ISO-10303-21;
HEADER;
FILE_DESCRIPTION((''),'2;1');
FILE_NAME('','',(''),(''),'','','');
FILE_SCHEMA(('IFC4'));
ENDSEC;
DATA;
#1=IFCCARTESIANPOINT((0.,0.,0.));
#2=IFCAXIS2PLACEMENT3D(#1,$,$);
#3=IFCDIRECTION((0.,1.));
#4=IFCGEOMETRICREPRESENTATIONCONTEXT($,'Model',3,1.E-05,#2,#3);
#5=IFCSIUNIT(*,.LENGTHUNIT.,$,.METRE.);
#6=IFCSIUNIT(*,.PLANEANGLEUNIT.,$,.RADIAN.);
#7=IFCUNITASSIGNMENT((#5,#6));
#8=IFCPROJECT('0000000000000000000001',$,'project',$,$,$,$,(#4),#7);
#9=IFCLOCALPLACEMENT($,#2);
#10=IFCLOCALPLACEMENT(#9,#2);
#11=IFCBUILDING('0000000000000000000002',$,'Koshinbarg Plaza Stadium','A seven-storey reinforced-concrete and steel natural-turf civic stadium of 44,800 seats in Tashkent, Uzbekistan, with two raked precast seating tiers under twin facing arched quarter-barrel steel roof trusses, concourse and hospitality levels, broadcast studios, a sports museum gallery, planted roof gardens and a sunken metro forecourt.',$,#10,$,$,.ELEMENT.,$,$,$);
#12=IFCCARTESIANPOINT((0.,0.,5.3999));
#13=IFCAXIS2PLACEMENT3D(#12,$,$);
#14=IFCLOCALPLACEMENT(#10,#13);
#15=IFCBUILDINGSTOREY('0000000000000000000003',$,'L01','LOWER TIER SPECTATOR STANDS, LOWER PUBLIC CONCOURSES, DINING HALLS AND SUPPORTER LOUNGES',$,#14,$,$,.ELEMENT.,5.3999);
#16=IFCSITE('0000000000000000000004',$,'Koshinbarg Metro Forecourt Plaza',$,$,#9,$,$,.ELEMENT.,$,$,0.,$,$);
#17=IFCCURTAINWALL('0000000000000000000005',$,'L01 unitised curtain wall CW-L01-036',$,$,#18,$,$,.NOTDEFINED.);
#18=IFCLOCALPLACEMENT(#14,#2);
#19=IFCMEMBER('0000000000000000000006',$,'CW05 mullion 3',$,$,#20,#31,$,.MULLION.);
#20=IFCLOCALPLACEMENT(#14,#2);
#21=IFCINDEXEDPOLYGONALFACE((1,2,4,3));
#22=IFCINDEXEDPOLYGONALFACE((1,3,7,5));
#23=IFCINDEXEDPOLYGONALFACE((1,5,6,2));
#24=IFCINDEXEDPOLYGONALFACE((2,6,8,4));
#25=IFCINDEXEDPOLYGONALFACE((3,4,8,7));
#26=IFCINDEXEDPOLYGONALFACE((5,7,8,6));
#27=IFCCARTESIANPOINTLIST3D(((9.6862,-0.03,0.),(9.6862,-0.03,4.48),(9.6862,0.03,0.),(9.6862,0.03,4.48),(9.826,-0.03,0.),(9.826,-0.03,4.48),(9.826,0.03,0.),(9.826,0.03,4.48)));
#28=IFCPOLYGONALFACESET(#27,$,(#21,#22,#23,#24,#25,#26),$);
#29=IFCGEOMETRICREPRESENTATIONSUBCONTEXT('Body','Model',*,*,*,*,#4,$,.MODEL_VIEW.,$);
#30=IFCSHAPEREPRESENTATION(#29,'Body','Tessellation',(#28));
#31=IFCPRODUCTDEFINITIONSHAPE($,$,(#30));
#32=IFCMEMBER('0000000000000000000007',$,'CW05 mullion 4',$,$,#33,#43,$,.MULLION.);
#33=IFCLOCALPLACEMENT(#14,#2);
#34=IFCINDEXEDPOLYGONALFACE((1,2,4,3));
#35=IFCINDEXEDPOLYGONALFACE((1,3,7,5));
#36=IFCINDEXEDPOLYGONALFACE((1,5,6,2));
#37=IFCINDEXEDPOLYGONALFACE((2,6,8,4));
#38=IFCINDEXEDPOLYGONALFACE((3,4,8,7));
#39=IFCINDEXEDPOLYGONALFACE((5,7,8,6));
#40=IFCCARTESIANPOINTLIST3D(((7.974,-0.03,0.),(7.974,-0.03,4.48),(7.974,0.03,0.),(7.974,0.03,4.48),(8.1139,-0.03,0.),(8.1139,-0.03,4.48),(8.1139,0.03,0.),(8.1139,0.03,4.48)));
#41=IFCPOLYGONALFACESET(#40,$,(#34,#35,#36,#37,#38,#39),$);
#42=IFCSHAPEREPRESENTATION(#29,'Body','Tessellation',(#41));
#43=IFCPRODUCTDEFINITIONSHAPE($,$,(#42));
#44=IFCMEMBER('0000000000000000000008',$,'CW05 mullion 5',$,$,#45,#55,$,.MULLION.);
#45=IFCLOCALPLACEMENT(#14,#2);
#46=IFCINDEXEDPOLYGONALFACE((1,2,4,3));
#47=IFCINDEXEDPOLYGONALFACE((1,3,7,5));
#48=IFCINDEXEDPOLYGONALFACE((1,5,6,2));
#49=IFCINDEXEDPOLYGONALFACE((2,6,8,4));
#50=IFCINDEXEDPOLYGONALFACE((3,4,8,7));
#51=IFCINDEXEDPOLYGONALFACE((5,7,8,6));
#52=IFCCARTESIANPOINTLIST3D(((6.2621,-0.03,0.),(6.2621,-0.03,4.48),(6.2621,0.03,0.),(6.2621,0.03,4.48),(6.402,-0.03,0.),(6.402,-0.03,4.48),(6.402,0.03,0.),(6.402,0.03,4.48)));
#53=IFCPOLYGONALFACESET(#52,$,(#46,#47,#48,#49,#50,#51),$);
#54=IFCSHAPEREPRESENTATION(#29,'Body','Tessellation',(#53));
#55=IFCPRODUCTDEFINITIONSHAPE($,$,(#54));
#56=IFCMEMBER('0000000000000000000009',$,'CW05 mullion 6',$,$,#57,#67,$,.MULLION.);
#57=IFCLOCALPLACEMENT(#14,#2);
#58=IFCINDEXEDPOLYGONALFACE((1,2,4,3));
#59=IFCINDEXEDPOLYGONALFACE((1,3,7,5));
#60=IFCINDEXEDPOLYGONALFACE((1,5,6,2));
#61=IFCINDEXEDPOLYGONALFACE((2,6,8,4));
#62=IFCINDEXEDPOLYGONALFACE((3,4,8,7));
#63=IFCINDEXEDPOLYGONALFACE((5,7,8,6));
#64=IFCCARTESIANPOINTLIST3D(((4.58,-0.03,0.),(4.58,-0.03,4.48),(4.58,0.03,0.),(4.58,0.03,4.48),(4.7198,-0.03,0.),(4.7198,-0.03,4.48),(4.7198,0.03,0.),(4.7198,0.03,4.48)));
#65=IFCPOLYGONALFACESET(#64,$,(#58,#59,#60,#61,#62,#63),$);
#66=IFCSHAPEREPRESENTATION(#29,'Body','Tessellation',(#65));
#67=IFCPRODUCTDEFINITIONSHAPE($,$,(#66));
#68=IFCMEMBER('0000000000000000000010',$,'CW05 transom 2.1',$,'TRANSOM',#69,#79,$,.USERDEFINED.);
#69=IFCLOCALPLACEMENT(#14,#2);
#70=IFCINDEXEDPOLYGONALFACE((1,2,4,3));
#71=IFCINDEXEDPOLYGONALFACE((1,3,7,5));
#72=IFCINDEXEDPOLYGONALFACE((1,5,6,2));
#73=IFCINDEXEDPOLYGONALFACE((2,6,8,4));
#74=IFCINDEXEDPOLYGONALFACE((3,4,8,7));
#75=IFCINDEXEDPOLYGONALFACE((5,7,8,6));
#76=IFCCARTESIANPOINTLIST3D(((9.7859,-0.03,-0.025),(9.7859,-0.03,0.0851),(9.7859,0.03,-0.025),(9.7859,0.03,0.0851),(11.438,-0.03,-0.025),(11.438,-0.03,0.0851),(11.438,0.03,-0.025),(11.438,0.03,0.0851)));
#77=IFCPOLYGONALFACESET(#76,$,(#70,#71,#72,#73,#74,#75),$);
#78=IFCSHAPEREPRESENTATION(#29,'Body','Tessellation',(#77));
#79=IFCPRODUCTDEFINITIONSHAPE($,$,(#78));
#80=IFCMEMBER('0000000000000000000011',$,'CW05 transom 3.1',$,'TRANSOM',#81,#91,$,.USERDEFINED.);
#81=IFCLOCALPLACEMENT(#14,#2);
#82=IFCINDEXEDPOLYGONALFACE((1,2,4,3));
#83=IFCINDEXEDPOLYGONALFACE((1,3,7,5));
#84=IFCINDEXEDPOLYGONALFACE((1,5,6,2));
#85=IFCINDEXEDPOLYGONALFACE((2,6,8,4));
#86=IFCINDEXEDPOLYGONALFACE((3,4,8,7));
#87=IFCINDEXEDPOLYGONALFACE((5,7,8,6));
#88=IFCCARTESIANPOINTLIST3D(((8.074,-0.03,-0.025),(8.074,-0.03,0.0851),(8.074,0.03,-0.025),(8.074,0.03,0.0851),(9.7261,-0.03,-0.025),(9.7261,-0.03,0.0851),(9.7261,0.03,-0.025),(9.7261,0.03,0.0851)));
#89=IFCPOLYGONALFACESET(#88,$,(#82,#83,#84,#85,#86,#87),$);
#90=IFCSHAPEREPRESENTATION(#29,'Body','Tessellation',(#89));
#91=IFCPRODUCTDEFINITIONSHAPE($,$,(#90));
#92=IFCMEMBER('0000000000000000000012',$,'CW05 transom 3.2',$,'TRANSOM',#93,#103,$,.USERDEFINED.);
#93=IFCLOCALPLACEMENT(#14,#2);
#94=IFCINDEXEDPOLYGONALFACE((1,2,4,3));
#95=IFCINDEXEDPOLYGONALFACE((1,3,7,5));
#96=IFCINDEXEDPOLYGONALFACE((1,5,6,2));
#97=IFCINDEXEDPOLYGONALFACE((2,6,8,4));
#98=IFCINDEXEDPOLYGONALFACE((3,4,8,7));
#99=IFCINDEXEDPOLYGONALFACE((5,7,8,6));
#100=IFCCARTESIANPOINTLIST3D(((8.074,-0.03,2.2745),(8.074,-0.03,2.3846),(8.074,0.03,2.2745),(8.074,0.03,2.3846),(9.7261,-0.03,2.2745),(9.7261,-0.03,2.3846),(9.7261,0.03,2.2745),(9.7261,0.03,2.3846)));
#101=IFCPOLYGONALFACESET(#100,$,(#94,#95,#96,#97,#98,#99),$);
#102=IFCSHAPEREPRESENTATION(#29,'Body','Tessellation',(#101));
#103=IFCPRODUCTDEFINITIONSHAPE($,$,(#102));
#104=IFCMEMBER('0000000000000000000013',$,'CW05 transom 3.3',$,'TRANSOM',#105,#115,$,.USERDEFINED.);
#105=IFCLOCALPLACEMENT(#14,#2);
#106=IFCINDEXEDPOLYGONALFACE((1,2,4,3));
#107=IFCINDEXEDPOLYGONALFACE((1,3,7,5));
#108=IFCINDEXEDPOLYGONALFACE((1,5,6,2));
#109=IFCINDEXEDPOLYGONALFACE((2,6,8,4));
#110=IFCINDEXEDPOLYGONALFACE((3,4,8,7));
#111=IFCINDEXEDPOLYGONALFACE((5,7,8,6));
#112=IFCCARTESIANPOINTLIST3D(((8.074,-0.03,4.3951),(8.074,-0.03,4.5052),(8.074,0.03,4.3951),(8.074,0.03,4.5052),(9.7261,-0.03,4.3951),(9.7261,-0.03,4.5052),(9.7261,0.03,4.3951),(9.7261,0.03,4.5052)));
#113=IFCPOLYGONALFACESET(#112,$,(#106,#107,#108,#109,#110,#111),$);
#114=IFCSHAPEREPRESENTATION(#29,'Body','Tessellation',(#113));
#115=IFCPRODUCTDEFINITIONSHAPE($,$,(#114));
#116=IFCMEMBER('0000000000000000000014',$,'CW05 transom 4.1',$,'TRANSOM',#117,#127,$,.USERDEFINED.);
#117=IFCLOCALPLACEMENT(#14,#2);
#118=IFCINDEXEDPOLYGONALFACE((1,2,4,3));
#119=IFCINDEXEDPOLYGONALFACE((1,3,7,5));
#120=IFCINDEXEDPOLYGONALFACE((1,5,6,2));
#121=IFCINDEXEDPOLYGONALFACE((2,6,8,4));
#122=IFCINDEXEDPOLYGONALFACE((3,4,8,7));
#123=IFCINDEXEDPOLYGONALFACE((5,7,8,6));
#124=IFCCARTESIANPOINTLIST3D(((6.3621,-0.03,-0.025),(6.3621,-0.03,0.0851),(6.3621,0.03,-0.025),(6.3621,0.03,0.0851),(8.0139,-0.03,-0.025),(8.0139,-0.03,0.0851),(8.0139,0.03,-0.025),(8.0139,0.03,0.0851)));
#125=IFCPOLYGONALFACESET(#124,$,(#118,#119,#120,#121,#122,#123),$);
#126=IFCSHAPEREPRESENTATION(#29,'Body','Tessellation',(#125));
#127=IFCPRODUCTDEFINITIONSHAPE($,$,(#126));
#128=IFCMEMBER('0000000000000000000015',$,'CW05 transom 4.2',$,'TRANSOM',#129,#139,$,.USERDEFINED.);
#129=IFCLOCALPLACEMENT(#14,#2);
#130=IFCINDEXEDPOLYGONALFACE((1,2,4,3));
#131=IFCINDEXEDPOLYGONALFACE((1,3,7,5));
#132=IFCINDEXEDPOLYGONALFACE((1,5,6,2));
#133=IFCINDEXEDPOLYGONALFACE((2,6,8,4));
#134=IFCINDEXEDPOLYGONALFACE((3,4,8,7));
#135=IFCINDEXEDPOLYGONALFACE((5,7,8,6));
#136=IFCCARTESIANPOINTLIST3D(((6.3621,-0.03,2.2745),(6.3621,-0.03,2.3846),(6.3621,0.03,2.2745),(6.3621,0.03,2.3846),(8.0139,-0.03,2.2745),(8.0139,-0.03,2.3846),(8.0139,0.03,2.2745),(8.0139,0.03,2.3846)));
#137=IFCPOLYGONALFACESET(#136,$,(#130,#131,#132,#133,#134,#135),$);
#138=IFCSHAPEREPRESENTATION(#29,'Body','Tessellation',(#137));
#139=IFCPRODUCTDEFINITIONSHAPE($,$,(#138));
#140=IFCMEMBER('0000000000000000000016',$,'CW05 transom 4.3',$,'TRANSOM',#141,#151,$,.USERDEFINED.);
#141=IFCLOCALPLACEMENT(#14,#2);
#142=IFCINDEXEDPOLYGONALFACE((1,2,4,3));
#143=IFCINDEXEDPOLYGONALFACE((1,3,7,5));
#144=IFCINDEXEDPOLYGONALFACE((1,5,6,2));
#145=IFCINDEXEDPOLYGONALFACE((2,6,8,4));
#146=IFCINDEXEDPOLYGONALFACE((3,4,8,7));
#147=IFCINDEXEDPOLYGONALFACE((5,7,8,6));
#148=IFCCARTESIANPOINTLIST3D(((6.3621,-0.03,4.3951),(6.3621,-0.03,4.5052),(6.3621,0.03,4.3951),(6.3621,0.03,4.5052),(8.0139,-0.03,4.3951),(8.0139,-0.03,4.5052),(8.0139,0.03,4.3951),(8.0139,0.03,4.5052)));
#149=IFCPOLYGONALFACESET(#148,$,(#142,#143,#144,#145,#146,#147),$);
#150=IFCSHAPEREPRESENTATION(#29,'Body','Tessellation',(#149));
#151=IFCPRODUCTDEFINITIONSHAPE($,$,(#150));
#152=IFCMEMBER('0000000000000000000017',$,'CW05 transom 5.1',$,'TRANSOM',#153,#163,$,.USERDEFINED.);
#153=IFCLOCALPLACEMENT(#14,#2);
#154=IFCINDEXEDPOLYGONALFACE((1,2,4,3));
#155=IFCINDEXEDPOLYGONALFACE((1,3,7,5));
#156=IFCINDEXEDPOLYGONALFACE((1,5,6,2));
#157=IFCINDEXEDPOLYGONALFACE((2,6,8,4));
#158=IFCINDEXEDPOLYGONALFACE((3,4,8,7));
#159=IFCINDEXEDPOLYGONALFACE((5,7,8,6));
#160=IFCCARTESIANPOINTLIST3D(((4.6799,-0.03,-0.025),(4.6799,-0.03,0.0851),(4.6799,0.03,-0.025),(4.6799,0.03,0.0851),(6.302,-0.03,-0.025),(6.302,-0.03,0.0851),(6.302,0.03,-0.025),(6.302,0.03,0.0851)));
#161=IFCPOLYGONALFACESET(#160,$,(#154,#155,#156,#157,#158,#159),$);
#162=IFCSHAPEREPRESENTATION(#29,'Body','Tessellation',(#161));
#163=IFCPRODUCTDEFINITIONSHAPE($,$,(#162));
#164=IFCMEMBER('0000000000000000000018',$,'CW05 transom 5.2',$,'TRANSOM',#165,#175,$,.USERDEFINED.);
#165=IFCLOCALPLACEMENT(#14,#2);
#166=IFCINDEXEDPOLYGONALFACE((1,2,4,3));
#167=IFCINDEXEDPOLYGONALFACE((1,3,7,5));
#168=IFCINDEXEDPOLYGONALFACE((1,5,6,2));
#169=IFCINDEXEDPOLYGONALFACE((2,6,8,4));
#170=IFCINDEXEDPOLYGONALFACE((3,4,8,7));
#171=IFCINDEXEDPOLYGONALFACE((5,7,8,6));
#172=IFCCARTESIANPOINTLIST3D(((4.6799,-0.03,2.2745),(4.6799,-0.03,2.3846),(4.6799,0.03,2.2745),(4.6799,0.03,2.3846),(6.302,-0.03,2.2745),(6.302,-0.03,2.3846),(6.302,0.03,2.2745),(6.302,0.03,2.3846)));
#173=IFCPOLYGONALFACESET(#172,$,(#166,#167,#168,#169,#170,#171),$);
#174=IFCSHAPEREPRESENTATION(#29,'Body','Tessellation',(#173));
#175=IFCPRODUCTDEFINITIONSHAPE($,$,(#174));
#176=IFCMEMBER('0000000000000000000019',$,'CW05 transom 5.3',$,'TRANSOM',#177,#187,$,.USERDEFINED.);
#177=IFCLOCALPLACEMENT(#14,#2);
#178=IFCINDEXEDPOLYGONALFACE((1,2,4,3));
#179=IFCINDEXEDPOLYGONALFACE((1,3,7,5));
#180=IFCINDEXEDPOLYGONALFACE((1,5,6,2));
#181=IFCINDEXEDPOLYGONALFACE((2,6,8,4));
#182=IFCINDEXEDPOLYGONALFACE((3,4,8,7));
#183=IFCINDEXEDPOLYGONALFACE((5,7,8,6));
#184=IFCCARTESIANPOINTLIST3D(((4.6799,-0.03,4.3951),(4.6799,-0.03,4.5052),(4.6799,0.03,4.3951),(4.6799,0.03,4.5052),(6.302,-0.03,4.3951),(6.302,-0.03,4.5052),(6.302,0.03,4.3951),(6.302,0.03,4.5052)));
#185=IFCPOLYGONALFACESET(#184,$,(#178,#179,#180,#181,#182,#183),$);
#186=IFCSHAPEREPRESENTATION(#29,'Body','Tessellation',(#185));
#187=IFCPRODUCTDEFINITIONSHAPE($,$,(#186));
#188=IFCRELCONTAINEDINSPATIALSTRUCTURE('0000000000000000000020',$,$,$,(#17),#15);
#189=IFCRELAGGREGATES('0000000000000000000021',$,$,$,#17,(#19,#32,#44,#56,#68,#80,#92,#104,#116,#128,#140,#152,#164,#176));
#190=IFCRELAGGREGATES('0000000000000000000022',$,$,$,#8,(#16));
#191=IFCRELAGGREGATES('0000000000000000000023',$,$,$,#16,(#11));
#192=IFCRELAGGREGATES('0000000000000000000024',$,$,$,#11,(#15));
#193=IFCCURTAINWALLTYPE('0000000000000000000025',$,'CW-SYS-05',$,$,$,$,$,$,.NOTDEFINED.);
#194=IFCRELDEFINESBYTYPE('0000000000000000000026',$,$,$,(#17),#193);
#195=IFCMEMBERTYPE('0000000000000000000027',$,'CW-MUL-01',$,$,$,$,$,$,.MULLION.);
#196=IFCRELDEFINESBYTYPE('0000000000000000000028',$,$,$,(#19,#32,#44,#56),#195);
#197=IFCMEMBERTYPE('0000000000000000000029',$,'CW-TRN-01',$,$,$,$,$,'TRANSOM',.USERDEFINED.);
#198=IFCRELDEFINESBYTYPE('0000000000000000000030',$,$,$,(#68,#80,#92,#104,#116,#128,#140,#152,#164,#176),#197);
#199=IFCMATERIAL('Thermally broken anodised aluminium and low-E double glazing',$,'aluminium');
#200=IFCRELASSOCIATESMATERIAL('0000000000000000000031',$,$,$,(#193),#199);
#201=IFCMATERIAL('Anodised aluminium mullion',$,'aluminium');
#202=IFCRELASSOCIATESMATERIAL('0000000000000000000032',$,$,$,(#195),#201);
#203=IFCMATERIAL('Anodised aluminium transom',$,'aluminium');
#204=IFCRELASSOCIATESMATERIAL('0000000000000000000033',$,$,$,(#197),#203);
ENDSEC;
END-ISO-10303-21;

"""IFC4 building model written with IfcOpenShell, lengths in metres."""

from ifc_helpers import new_model, si_unit, direction, frame, origin, origin_2d, place, context, subcontext, project, spatial, rectangle, extrude, material, material_profile, profile_set, type_object, element, aggregate, save


model = new_model("IFC4")

# Units and contexts
model_context = context("Model", 3, precision=1e-05, world=origin(), true_north=direction((0.0, 1.0)))
body_context = subcontext(model_context, "Body", "Model", "MODEL_VIEW")
ifc_project = project(units=[si_unit("LENGTHUNIT", "METRE"), si_unit("PLANEANGLEUNIT", "RADIAN")], contexts=[model_context])

# Site, building, storey
site_placement = place(None, origin())
site = spatial("IfcSite", under=ifc_project, at=site_placement, Name="Koshinbarg Metro Forecourt Plaza", CompositionType="ELEMENT", RefElevation=0.0)
building_placement = place(site_placement, origin())
building = spatial("IfcBuilding", under=site, at=building_placement, Name="Koshinbarg Plaza Stadium", Description="A seven-storey reinforced-concrete and steel natural-turf civic stadium of 44,800 seats in Tashkent, Uzbekistan, with two raked precast seating tiers under twin facing arched quarter-barrel steel roof trusses, concourse and hospitality levels, broadcast studios, a sports museum gallery, planted roof gardens and a sunken metro forecourt.", CompositionType="ELEMENT")
storey_placement = place(building_placement, frame((0.0, 0.0, 5.3999)))
storey = spatial("IfcBuildingStorey", under=building, at=storey_placement, Name="L01", Description="LOWER TIER SPECTATOR STANDS, LOWER PUBLIC CONCOURSES, DINING HALLS AND SUPPORTER LOUNGES", CompositionType="ELEMENT", Elevation=5.3999)

# Curtain wall, members
ifc_material_1 = material(Name="Thermally broken anodised aluminium and low-E double glazing", Category="aluminium")
curtain_wall_type = type_object("IfcCurtainWallType", Name="CW-SYS-05", PredefinedType="NOTDEFINED", material=ifc_material_1)
curtain_wall_placement = place(storey_placement, origin())
curtain_wall = element("IfcCurtainWall", 1, at=curtain_wall_placement, inside=storey, type_object=curtain_wall_type, Name="L01 unitised curtain wall CW-L01-036", PredefinedType="NOTDEFINED")
ifc_material_2 = material(Name="Anodised aluminium mullion", Category="aluminium")
ifc_material_profile_1 = material_profile(ifc_material_2, rectangle(XDim=0.0601, YDim=0.1399, at=origin_2d()), Name="ALU 60x140")
ifc_profile_set_1 = profile_set([ifc_material_profile_1], Name="Anodised aluminium mullion")
member_type_1 = type_object("IfcMemberType", Name="CW-MUL-01", PredefinedType="MULLION", material=ifc_profile_set_1)
member_1_placement = place(storey_placement, frame((9.7561, 0.0, 0.0), z_axis=(0.0, 0.0, 1.0), x_axis=(0.0, -1.0, 0.0)))
member_1 = element("IfcMember", 2, at=member_1_placement, type_object=member_type_1, Name="CW05 mullion 3", PredefinedType="MULLION", context=body_context, shape_type="SweptSolid", body=[
    extrude(rectangle(XDim=0.0601, YDim=0.1399, at=origin_2d()), origin(), (0.0, 0.0, 1.0), 4.48),
])
member_2_placement = place(storey_placement, frame((8.0439, 0.0, 0.0), z_axis=(0.0, 0.0, 1.0), x_axis=(0.0, -1.0, 0.0)))
member_2 = element("IfcMember", 3, at=member_2_placement, type_object=member_type_1, Name="CW05 mullion 4", PredefinedType="MULLION", context=body_context, shape_type="SweptSolid", body=[
    extrude(rectangle(XDim=0.0601, YDim=0.1399, at=origin_2d()), origin(), (0.0, 0.0, 1.0), 4.48),
])
member_3_placement = place(storey_placement, frame((6.332, 0.0, 0.0), z_axis=(0.0, 0.0, 1.0), x_axis=(0.0, -1.0, 0.0)))
member_3 = element("IfcMember", 4, at=member_3_placement, type_object=member_type_1, Name="CW05 mullion 5", PredefinedType="MULLION", context=body_context, shape_type="SweptSolid", body=[
    extrude(rectangle(XDim=0.0601, YDim=0.1399, at=origin_2d()), origin(), (0.0, 0.0, 1.0), 4.48),
])
member_4_placement = place(storey_placement, frame((4.6499, 0.0, 0.0), z_axis=(0.0, 0.0, 1.0), x_axis=(0.0, -1.0, 0.0)))
member_4 = element("IfcMember", 5, at=member_4_placement, type_object=member_type_1, Name="CW05 mullion 6", PredefinedType="MULLION", context=body_context, shape_type="SweptSolid", body=[
    extrude(rectangle(XDim=0.0601, YDim=0.1399, at=origin_2d()), origin(), (0.0, 0.0, 1.0), 4.48),
])
ifc_material_3 = material(Name="Anodised aluminium transom", Category="aluminium")
ifc_material_profile_2 = material_profile(ifc_material_3, rectangle(XDim=0.0601, YDim=0.1101, at=origin_2d()), Name="ALU 60x110")
ifc_profile_set_2 = profile_set([ifc_material_profile_2], Name="Anodised aluminium transom")
member_type_2 = type_object("IfcMemberType", Name="CW-TRN-01", ElementType="TRANSOM", PredefinedType="USERDEFINED", material=ifc_profile_set_2)
member_5_placement = place(storey_placement, frame((11.438, 0.0, 0.03), z_axis=(-1.0, 0.0, 0.0), x_axis=(0.0, -1.0, 0.0)))
member_5 = element("IfcMember", 6, at=member_5_placement, type_object=member_type_2, Name="CW05 transom 2.1", ObjectType="TRANSOM", PredefinedType="USERDEFINED", context=body_context, shape_type="SweptSolid", body=[
    extrude(rectangle(XDim=0.0601, YDim=0.1101, at=origin_2d()), origin(), (0.0, 0.0, 1.0), 1.6521),
])
member_6_placement = place(storey_placement, frame((9.7261, 0.0, 0.03), z_axis=(-1.0, 0.0, 0.0), x_axis=(0.0, -1.0, 0.0)))
member_6 = element("IfcMember", 7, at=member_6_placement, type_object=member_type_2, Name="CW05 transom 3.1", ObjectType="TRANSOM", PredefinedType="USERDEFINED", context=body_context, shape_type="SweptSolid", body=[
    extrude(rectangle(XDim=0.0601, YDim=0.1101, at=origin_2d()), origin(), (0.0, 0.0, 1.0), 1.6521),
])
member_7_placement = place(storey_placement, frame((9.7261, 0.0, 2.3296), z_axis=(-1.0, 0.0, 0.0), x_axis=(0.0, -1.0, 0.0)))
member_7 = element("IfcMember", 8, at=member_7_placement, type_object=member_type_2, Name="CW05 transom 3.2", ObjectType="TRANSOM", PredefinedType="USERDEFINED", context=body_context, shape_type="SweptSolid", body=[
    extrude(rectangle(XDim=0.0601, YDim=0.1101, at=origin_2d()), origin(), (0.0, 0.0, 1.0), 1.6521),
])
member_8_placement = place(storey_placement, frame((9.7261, 0.0, 4.4502), z_axis=(-1.0, 0.0, 0.0), x_axis=(0.0, -1.0, 0.0)))
member_8 = element("IfcMember", 9, at=member_8_placement, type_object=member_type_2, Name="CW05 transom 3.3", ObjectType="TRANSOM", PredefinedType="USERDEFINED", context=body_context, shape_type="SweptSolid", body=[
    extrude(rectangle(XDim=0.0601, YDim=0.1101, at=origin_2d()), origin(), (0.0, 0.0, 1.0), 1.6521),
])
member_9_placement = place(storey_placement, frame((8.0139, 0.0, 0.03), z_axis=(-1.0, 0.0, 0.0), x_axis=(0.0, -1.0, 0.0)))
member_9 = element("IfcMember", 10, at=member_9_placement, type_object=member_type_2, Name="CW05 transom 4.1", ObjectType="TRANSOM", PredefinedType="USERDEFINED", context=body_context, shape_type="SweptSolid", body=[
    extrude(rectangle(XDim=0.0601, YDim=0.1101, at=origin_2d()), origin(), (0.0, 0.0, 1.0), 1.6519),
])
member_10_placement = place(storey_placement, frame((8.0139, 0.0, 2.3296), z_axis=(-1.0, 0.0, 0.0), x_axis=(0.0, -1.0, 0.0)))
member_10 = element("IfcMember", 11, at=member_10_placement, type_object=member_type_2, Name="CW05 transom 4.2", ObjectType="TRANSOM", PredefinedType="USERDEFINED", context=body_context, shape_type="SweptSolid", body=[
    extrude(rectangle(XDim=0.0601, YDim=0.1101, at=origin_2d()), origin(), (0.0, 0.0, 1.0), 1.6519),
])
member_11_placement = place(storey_placement, frame((8.0139, 0.0, 4.4502), z_axis=(-1.0, 0.0, 0.0), x_axis=(0.0, -1.0, 0.0)))
member_11 = element("IfcMember", 12, at=member_11_placement, type_object=member_type_2, Name="CW05 transom 4.3", ObjectType="TRANSOM", PredefinedType="USERDEFINED", context=body_context, shape_type="SweptSolid", body=[
    extrude(rectangle(XDim=0.0601, YDim=0.1101, at=origin_2d()), origin(), (0.0, 0.0, 1.0), 1.6519),
])
member_12_placement = place(storey_placement, frame((6.302, 0.0, 0.03), z_axis=(-1.0, 0.0, 0.0), x_axis=(0.0, -1.0, 0.0)))
member_12 = element("IfcMember", 13, at=member_12_placement, type_object=member_type_2, Name="CW05 transom 5.1", ObjectType="TRANSOM", PredefinedType="USERDEFINED", context=body_context, shape_type="SweptSolid", body=[
    extrude(rectangle(XDim=0.0601, YDim=0.1101, at=origin_2d()), origin(), (0.0, 0.0, 1.0), 1.6221),
])
member_13_placement = place(storey_placement, frame((6.302, 0.0, 2.3296), z_axis=(-1.0, 0.0, 0.0), x_axis=(0.0, -1.0, 0.0)))
member_13 = element("IfcMember", 14, at=member_13_placement, type_object=member_type_2, Name="CW05 transom 5.2", ObjectType="TRANSOM", PredefinedType="USERDEFINED", context=body_context, shape_type="SweptSolid", body=[
    extrude(rectangle(XDim=0.0601, YDim=0.1101, at=origin_2d()), origin(), (0.0, 0.0, 1.0), 1.6221),
])
member_14_placement = place(storey_placement, frame((6.302, 0.0, 4.4502), z_axis=(-1.0, 0.0, 0.0), x_axis=(0.0, -1.0, 0.0)))
member_14 = element("IfcMember", 15, at=member_14_placement, type_object=member_type_2, Name="CW05 transom 5.3", ObjectType="TRANSOM", PredefinedType="USERDEFINED", context=body_context, shape_type="SweptSolid", body=[
    extrude(rectangle(XDim=0.0601, YDim=0.1101, at=origin_2d()), origin(), (0.0, 0.0, 1.0), 1.6221),
])
aggregate(curtain_wall, [member_1, member_2, member_3, member_4, member_5, member_6, member_7, member_8, member_9, member_10, member_11, member_12, member_13, member_14])

save(model, "model.ifc")
